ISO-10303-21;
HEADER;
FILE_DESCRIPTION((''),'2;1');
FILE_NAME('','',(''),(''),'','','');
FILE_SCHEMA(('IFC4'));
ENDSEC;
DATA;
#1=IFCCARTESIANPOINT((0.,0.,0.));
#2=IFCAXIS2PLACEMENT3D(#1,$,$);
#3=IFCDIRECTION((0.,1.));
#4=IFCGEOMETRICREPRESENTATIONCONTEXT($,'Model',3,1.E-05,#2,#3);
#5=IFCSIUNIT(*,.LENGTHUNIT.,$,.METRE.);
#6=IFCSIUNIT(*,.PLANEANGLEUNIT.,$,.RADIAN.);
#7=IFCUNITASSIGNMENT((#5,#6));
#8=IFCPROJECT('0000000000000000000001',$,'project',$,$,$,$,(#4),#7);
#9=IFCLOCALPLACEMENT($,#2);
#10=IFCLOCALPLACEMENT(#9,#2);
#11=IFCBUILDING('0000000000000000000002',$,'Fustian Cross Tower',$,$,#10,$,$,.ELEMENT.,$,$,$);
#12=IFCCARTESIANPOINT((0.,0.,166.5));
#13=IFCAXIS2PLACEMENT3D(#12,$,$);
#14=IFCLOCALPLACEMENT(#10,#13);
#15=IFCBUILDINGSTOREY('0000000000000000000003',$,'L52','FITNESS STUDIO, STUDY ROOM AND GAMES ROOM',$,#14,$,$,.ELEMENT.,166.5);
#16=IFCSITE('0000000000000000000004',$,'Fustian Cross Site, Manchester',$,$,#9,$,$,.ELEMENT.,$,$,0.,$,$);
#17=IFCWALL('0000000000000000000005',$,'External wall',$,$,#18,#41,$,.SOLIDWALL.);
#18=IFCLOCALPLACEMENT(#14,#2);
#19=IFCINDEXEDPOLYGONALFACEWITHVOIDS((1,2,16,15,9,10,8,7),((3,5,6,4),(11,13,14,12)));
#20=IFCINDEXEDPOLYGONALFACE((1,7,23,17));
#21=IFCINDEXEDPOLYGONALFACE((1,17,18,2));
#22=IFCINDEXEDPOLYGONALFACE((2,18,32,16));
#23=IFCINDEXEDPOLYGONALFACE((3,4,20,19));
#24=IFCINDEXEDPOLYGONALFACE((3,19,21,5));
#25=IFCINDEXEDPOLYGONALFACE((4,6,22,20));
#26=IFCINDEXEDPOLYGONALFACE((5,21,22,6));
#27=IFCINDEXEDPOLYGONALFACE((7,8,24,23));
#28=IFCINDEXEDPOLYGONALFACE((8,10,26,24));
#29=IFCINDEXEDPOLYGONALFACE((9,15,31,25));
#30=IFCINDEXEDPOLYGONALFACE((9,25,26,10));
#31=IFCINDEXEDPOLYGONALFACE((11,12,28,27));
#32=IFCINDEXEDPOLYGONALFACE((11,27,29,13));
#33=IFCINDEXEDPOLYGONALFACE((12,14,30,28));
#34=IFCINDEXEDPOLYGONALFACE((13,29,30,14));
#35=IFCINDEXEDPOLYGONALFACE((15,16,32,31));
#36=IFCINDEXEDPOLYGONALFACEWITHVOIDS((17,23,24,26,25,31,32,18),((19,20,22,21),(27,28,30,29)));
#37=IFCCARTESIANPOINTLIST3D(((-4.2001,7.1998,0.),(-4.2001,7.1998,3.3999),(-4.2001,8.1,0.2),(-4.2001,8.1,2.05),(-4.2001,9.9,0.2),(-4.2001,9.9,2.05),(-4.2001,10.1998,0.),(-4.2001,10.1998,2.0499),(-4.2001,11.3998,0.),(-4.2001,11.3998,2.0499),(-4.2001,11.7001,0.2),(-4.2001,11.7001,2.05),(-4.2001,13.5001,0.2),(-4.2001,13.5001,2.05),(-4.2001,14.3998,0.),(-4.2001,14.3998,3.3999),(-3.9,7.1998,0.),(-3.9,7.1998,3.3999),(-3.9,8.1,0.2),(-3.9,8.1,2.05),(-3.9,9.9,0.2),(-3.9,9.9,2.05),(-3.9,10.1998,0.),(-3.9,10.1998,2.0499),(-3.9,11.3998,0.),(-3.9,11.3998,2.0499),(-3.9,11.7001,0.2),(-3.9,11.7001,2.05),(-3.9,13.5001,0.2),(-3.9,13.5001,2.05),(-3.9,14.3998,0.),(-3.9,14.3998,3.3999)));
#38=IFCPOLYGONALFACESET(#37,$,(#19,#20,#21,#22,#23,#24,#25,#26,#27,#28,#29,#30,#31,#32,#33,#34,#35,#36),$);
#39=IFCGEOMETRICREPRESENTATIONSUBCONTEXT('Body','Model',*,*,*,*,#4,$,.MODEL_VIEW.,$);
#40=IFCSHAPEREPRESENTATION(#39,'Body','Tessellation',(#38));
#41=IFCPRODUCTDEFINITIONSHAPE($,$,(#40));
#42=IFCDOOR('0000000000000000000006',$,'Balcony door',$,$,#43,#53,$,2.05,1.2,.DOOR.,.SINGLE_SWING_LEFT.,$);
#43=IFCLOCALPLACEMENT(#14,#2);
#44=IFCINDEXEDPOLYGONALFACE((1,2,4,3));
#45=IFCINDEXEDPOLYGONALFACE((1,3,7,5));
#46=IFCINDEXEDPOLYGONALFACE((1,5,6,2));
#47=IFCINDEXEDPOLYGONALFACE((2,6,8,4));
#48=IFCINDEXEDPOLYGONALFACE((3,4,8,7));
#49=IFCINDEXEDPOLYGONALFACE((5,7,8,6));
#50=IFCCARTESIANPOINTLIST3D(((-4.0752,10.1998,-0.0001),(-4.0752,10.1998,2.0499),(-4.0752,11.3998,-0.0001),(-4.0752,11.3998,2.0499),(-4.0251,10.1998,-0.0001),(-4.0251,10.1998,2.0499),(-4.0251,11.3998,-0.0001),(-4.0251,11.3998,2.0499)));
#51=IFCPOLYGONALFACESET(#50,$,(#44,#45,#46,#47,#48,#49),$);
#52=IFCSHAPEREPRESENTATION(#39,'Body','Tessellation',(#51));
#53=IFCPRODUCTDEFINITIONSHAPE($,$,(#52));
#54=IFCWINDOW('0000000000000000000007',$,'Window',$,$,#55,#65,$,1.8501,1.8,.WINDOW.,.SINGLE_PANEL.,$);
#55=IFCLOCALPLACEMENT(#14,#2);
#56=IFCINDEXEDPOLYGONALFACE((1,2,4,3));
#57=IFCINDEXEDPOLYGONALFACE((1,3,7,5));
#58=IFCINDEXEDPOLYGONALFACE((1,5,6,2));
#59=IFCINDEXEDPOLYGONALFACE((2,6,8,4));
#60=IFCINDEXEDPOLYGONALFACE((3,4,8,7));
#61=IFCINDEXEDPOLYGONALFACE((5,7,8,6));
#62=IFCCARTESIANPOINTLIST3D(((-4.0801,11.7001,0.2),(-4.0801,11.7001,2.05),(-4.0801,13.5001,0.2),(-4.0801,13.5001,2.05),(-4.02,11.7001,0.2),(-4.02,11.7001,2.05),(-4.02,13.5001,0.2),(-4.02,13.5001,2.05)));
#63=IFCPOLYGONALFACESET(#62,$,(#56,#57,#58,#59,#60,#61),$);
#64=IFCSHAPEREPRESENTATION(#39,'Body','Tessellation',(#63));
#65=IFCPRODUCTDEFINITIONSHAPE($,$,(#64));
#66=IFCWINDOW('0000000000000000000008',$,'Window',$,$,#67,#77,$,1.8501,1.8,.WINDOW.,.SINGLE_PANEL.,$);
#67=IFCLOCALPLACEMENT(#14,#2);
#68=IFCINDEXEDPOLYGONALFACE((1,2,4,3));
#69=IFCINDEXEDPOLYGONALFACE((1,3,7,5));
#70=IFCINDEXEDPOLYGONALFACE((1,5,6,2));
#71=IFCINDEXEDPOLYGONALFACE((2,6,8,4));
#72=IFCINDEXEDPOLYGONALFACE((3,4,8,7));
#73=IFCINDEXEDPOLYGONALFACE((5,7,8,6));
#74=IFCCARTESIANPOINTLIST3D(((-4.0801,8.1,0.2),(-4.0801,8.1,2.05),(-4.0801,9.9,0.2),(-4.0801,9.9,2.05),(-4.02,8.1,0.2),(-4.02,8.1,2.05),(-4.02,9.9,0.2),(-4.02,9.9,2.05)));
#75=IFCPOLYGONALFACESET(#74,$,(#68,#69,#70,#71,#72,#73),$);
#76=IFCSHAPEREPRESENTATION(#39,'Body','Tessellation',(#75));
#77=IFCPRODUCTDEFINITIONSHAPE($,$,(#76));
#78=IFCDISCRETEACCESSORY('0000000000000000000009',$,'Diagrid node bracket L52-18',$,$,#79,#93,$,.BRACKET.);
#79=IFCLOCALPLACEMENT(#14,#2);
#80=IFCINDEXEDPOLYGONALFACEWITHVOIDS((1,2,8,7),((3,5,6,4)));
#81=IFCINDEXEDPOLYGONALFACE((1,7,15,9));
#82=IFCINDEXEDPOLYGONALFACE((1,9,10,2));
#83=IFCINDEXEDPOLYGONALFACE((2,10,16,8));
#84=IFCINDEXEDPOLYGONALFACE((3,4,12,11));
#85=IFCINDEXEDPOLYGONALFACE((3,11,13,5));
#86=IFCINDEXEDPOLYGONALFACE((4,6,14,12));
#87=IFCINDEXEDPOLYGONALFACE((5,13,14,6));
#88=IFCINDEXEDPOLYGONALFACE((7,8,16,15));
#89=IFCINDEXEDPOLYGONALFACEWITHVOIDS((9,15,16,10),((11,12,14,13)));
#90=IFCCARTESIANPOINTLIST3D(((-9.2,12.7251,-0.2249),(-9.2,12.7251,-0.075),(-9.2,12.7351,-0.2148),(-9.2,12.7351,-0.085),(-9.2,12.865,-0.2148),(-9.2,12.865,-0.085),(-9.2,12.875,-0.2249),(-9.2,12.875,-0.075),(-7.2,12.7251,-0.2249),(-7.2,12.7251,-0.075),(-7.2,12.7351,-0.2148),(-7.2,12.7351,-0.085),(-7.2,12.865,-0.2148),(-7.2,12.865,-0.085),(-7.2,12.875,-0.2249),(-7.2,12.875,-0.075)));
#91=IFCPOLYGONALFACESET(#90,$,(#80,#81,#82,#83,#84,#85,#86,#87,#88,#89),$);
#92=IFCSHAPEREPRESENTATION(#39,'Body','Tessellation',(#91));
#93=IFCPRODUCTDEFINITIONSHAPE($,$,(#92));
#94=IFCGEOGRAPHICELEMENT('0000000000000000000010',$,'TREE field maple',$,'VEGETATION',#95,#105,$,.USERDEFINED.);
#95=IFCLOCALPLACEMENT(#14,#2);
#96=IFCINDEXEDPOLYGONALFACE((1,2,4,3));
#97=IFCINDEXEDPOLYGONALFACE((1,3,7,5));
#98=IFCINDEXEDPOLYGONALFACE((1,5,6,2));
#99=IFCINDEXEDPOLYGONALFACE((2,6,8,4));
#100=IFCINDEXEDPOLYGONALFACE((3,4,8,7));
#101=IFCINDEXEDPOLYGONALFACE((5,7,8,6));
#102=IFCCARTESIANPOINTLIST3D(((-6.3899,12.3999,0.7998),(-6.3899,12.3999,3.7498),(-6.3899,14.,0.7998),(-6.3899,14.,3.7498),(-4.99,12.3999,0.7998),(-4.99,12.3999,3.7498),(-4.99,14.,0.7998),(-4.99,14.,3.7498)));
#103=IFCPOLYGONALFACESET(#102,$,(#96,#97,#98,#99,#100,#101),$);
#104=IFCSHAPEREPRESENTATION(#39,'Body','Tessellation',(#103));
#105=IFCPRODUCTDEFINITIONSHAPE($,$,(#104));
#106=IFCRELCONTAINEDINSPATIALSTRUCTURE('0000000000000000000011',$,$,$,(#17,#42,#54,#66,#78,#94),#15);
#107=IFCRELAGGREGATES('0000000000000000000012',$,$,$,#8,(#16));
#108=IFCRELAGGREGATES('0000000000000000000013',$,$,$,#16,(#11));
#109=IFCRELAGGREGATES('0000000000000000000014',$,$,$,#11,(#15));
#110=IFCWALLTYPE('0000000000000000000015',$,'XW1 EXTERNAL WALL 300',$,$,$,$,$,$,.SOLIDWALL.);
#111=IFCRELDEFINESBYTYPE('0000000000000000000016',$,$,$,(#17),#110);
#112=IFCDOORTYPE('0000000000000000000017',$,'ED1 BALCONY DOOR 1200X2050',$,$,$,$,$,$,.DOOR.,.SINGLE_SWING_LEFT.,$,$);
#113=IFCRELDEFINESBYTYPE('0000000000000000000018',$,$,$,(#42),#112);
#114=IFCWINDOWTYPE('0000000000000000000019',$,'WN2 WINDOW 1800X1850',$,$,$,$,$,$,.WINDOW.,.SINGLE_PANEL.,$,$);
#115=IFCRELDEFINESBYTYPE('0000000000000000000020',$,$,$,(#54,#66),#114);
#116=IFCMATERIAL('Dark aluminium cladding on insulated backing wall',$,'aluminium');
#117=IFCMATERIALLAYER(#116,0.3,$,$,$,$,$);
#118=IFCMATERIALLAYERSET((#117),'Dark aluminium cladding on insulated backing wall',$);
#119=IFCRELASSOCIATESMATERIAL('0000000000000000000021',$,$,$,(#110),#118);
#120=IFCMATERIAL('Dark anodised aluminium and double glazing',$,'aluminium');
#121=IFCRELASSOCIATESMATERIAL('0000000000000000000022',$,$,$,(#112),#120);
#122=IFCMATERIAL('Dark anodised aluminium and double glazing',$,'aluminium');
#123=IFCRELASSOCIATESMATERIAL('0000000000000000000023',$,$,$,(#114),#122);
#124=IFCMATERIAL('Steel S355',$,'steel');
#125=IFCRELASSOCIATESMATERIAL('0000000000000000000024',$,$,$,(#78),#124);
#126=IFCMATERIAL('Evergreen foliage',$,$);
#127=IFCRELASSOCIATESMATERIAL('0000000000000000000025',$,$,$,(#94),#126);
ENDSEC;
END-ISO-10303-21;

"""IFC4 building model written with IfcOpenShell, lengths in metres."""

from ifc_helpers import new_model, si_unit, direction, frame, frame_2d, origin, origin_2d, place, context, subcontext, project, spatial, rectangle, hollow_rectangle, extrude, material, layer, layer_set, type_object, element, fill, save


model = new_model("IFC4")

# Units and contexts
model_context = context("Model", 3, precision=1e-05, world=origin(), true_north=direction((0.0, 1.0)))
body_context = subcontext(model_context, "Body", "Model", "MODEL_VIEW")
ifc_project = project(units=[si_unit("LENGTHUNIT", "METRE"), si_unit("PLANEANGLEUNIT", "RADIAN")], contexts=[model_context])

# Site, building, storey
site_placement = place(None, origin())
site = spatial("IfcSite", under=ifc_project, at=site_placement, Name="Fustian Cross Site, Manchester", CompositionType="ELEMENT", RefElevation=0.0)
building_placement = place(site_placement, origin())
building = spatial("IfcBuilding", under=site, at=building_placement, Name="Fustian Cross Tower", CompositionType="ELEMENT")
storey_placement = place(building_placement, frame((0.0, 0.0, 166.5)))
storey = spatial("IfcBuildingStorey", under=building, at=storey_placement, Name="L52", Description="FITNESS STUDIO, STUDY ROOM AND GAMES ROOM", CompositionType="ELEMENT", Elevation=166.5)

# Shared definitions
ifc_material_1 = material(Name="Dark aluminium cladding on insulated backing wall", Category="aluminium")
ifc_layer_1 = layer(ifc_material_1, 0.3)
ifc_layer_set_1 = layer_set([ifc_layer_1], Name="Dark aluminium cladding on insulated backing wall")
wall_type_1 = type_object("IfcWallType", Name="XW1 EXTERNAL WALL 300", PredefinedType="SOLIDWALL", material=ifc_layer_set_1)

# Wall, openings, door, windows
wall_1_placement = place(storey_placement, frame((-4.05, 14.3999, 0.0), z_axis=(0.0, 0.0, 1.0), x_axis=(0.0, -1.0, 0.0)))
wall_1 = element("IfcWall", 1, at=wall_1_placement, inside=storey, type_object=wall_type_1, Name="External wall", PredefinedType="SOLIDWALL", context=body_context, shape_type="SweptSolid", body=[
    extrude(rectangle(XDim=7.2, YDim=0.3, at=frame_2d((3.6001, 0.0))), origin(), (0.0, 0.0, 1.0), 3.3999),
])
opening_1_placement = place(wall_1_placement, frame((3.0, 0.0, 0.0)))
opening_1 = element("IfcOpeningElement", 2, at=opening_1_placement, cuts=wall_1, PredefinedType="OPENING", context=body_context, shape_type="SweptSolid", body=[
    extrude(rectangle(XDim=1.2, YDim=2.05, at=frame_2d((0.6001, 1.0249))), frame((0.0, 0.1599, 0.0), z_axis=(0.0, -1.0, 0.0), x_axis=(1.0, 0.0, 0.0)), (0.0, 0.0, 1.0), 0.3201),
])
opening_2_placement = place(wall_1_placement, frame((0.8999, 0.0, 0.2)))
opening_2 = element("IfcOpeningElement", 3, at=opening_2_placement, cuts=wall_1, PredefinedType="OPENING", context=body_context, shape_type="SweptSolid", body=[
    extrude(rectangle(XDim=1.8, YDim=1.8501, at=frame_2d((0.8999, 0.925))), frame((0.0, 0.1599, 0.0), z_axis=(0.0, -1.0, 0.0), x_axis=(1.0, 0.0, 0.0)), (0.0, 0.0, 1.0), 0.3201),
])
opening_3_placement = place(wall_1_placement, frame((4.5, 0.0, 0.2)))
opening_3 = element("IfcOpeningElement", 4, at=opening_3_placement, cuts=wall_1, PredefinedType="OPENING", context=body_context, shape_type="SweptSolid", body=[
    extrude(rectangle(XDim=1.8, YDim=1.8501, at=frame_2d((0.8999, 0.925))), frame((0.0, 0.1599, 0.0), z_axis=(0.0, -1.0, 0.0), x_axis=(1.0, 0.0, 0.0)), (0.0, 0.0, 1.0), 0.3201),
])
ifc_material_2 = material(Name="Dark anodised aluminium and double glazing", Category="aluminium")
door_type = type_object("IfcDoorType", Name="ED1 BALCONY DOOR 1200X2050", OperationType="SINGLE_SWING_LEFT", PredefinedType="DOOR", material=ifc_material_2)
door_placement = place(opening_1_placement, origin())
door = element("IfcDoor", 5, at=door_placement, inside=storey, type_object=door_type, Name="Balcony door", OperationType="SINGLE_SWING_LEFT", OverallHeight=2.05, OverallWidth=1.2, PredefinedType="DOOR", context=body_context, shape_type="SweptSolid", body=[
    extrude(rectangle(XDim=1.2, YDim=2.05, at=frame_2d((0.6001, 1.0249))), frame((0.0, 0.0249, 0.0), z_axis=(0.0, -1.0, 0.0), x_axis=(1.0, 0.0, 0.0)), (0.0, 0.0, 1.0), 0.05),
])
fill(opening_1, door)
ifc_material_3 = material(Name="Dark anodised aluminium and double glazing", Category="aluminium")
window_type = type_object("IfcWindowType", Name="WN2 WINDOW 1800X1850", PartitioningType="SINGLE_PANEL", PredefinedType="WINDOW", material=ifc_material_3)
window_1_placement = place(opening_2_placement, origin())
window_1 = element("IfcWindow", 6, at=window_1_placement, inside=storey, type_object=window_type, Name="Window", OverallHeight=1.8501, OverallWidth=1.8, PartitioningType="SINGLE_PANEL", PredefinedType="WINDOW", context=body_context, shape_type="SweptSolid", body=[
    extrude(rectangle(XDim=1.8, YDim=1.8501, at=frame_2d((0.8999, 0.925))), frame((0.0, 0.03, 0.0), z_axis=(0.0, -1.0, 0.0), x_axis=(1.0, 0.0, 0.0)), (0.0, 0.0, 1.0), 0.0601),
])
fill(opening_2, window_1)
window_2_placement = place(opening_3_placement, origin())
window_2 = element("IfcWindow", 7, at=window_2_placement, inside=storey, type_object=window_type, Name="Window", OverallHeight=1.8501, OverallWidth=1.8, PartitioningType="SINGLE_PANEL", PredefinedType="WINDOW", context=body_context, shape_type="SweptSolid", body=[
    extrude(rectangle(XDim=1.8, YDim=1.8501, at=frame_2d((0.8999, 0.925))), frame((0.0, 0.03, 0.0), z_axis=(0.0, -1.0, 0.0), x_axis=(1.0, 0.0, 0.0)), (0.0, 0.0, 1.0), 0.0601),
])
fill(opening_3, window_2)

# Discrete accessory
ifc_material_4 = material(Name="Steel S355", Category="steel")
discrete_accessory_placement = place(storey_placement, frame((-9.2, 12.8, -0.1499), z_axis=(1.0, 0.0, 0.0), x_axis=(0.0, 1.0, 0.0)))
element("IfcDiscreteAccessory", 8, at=discrete_accessory_placement, inside=storey, material=ifc_material_4, Name="Diagrid node bracket L52-18", PredefinedType="BRACKET", context=body_context, shape_type="SweptSolid", body=[
    extrude(hollow_rectangle(XDim=0.1499, YDim=0.1499, WallThickness=0.01, at=origin_2d()), origin(), (0.0, 0.0, 1.0), 2.0),
])

# Geographic element
ifc_material_5 = material(Name="Evergreen foliage")
geographic_element_placement = place(storey_placement, frame((-5.6899, 13.2, 0.7998), z_axis=(0.0, 0.0, 1.0), x_axis=(1.0, 0.0, 0.0)))
element("IfcGeographicElement", 9, at=geographic_element_placement, inside=storey, material=ifc_material_5, Name="TREE field maple", ObjectType="VEGETATION", PredefinedType="USERDEFINED", context=body_context, shape_type="SweptSolid", body=[
    extrude(rectangle(XDim=1.3999, YDim=1.6001, at=origin_2d()), origin(), (0.0, 0.0, 1.0), 2.95),
])

save(model, "model.ifc")
